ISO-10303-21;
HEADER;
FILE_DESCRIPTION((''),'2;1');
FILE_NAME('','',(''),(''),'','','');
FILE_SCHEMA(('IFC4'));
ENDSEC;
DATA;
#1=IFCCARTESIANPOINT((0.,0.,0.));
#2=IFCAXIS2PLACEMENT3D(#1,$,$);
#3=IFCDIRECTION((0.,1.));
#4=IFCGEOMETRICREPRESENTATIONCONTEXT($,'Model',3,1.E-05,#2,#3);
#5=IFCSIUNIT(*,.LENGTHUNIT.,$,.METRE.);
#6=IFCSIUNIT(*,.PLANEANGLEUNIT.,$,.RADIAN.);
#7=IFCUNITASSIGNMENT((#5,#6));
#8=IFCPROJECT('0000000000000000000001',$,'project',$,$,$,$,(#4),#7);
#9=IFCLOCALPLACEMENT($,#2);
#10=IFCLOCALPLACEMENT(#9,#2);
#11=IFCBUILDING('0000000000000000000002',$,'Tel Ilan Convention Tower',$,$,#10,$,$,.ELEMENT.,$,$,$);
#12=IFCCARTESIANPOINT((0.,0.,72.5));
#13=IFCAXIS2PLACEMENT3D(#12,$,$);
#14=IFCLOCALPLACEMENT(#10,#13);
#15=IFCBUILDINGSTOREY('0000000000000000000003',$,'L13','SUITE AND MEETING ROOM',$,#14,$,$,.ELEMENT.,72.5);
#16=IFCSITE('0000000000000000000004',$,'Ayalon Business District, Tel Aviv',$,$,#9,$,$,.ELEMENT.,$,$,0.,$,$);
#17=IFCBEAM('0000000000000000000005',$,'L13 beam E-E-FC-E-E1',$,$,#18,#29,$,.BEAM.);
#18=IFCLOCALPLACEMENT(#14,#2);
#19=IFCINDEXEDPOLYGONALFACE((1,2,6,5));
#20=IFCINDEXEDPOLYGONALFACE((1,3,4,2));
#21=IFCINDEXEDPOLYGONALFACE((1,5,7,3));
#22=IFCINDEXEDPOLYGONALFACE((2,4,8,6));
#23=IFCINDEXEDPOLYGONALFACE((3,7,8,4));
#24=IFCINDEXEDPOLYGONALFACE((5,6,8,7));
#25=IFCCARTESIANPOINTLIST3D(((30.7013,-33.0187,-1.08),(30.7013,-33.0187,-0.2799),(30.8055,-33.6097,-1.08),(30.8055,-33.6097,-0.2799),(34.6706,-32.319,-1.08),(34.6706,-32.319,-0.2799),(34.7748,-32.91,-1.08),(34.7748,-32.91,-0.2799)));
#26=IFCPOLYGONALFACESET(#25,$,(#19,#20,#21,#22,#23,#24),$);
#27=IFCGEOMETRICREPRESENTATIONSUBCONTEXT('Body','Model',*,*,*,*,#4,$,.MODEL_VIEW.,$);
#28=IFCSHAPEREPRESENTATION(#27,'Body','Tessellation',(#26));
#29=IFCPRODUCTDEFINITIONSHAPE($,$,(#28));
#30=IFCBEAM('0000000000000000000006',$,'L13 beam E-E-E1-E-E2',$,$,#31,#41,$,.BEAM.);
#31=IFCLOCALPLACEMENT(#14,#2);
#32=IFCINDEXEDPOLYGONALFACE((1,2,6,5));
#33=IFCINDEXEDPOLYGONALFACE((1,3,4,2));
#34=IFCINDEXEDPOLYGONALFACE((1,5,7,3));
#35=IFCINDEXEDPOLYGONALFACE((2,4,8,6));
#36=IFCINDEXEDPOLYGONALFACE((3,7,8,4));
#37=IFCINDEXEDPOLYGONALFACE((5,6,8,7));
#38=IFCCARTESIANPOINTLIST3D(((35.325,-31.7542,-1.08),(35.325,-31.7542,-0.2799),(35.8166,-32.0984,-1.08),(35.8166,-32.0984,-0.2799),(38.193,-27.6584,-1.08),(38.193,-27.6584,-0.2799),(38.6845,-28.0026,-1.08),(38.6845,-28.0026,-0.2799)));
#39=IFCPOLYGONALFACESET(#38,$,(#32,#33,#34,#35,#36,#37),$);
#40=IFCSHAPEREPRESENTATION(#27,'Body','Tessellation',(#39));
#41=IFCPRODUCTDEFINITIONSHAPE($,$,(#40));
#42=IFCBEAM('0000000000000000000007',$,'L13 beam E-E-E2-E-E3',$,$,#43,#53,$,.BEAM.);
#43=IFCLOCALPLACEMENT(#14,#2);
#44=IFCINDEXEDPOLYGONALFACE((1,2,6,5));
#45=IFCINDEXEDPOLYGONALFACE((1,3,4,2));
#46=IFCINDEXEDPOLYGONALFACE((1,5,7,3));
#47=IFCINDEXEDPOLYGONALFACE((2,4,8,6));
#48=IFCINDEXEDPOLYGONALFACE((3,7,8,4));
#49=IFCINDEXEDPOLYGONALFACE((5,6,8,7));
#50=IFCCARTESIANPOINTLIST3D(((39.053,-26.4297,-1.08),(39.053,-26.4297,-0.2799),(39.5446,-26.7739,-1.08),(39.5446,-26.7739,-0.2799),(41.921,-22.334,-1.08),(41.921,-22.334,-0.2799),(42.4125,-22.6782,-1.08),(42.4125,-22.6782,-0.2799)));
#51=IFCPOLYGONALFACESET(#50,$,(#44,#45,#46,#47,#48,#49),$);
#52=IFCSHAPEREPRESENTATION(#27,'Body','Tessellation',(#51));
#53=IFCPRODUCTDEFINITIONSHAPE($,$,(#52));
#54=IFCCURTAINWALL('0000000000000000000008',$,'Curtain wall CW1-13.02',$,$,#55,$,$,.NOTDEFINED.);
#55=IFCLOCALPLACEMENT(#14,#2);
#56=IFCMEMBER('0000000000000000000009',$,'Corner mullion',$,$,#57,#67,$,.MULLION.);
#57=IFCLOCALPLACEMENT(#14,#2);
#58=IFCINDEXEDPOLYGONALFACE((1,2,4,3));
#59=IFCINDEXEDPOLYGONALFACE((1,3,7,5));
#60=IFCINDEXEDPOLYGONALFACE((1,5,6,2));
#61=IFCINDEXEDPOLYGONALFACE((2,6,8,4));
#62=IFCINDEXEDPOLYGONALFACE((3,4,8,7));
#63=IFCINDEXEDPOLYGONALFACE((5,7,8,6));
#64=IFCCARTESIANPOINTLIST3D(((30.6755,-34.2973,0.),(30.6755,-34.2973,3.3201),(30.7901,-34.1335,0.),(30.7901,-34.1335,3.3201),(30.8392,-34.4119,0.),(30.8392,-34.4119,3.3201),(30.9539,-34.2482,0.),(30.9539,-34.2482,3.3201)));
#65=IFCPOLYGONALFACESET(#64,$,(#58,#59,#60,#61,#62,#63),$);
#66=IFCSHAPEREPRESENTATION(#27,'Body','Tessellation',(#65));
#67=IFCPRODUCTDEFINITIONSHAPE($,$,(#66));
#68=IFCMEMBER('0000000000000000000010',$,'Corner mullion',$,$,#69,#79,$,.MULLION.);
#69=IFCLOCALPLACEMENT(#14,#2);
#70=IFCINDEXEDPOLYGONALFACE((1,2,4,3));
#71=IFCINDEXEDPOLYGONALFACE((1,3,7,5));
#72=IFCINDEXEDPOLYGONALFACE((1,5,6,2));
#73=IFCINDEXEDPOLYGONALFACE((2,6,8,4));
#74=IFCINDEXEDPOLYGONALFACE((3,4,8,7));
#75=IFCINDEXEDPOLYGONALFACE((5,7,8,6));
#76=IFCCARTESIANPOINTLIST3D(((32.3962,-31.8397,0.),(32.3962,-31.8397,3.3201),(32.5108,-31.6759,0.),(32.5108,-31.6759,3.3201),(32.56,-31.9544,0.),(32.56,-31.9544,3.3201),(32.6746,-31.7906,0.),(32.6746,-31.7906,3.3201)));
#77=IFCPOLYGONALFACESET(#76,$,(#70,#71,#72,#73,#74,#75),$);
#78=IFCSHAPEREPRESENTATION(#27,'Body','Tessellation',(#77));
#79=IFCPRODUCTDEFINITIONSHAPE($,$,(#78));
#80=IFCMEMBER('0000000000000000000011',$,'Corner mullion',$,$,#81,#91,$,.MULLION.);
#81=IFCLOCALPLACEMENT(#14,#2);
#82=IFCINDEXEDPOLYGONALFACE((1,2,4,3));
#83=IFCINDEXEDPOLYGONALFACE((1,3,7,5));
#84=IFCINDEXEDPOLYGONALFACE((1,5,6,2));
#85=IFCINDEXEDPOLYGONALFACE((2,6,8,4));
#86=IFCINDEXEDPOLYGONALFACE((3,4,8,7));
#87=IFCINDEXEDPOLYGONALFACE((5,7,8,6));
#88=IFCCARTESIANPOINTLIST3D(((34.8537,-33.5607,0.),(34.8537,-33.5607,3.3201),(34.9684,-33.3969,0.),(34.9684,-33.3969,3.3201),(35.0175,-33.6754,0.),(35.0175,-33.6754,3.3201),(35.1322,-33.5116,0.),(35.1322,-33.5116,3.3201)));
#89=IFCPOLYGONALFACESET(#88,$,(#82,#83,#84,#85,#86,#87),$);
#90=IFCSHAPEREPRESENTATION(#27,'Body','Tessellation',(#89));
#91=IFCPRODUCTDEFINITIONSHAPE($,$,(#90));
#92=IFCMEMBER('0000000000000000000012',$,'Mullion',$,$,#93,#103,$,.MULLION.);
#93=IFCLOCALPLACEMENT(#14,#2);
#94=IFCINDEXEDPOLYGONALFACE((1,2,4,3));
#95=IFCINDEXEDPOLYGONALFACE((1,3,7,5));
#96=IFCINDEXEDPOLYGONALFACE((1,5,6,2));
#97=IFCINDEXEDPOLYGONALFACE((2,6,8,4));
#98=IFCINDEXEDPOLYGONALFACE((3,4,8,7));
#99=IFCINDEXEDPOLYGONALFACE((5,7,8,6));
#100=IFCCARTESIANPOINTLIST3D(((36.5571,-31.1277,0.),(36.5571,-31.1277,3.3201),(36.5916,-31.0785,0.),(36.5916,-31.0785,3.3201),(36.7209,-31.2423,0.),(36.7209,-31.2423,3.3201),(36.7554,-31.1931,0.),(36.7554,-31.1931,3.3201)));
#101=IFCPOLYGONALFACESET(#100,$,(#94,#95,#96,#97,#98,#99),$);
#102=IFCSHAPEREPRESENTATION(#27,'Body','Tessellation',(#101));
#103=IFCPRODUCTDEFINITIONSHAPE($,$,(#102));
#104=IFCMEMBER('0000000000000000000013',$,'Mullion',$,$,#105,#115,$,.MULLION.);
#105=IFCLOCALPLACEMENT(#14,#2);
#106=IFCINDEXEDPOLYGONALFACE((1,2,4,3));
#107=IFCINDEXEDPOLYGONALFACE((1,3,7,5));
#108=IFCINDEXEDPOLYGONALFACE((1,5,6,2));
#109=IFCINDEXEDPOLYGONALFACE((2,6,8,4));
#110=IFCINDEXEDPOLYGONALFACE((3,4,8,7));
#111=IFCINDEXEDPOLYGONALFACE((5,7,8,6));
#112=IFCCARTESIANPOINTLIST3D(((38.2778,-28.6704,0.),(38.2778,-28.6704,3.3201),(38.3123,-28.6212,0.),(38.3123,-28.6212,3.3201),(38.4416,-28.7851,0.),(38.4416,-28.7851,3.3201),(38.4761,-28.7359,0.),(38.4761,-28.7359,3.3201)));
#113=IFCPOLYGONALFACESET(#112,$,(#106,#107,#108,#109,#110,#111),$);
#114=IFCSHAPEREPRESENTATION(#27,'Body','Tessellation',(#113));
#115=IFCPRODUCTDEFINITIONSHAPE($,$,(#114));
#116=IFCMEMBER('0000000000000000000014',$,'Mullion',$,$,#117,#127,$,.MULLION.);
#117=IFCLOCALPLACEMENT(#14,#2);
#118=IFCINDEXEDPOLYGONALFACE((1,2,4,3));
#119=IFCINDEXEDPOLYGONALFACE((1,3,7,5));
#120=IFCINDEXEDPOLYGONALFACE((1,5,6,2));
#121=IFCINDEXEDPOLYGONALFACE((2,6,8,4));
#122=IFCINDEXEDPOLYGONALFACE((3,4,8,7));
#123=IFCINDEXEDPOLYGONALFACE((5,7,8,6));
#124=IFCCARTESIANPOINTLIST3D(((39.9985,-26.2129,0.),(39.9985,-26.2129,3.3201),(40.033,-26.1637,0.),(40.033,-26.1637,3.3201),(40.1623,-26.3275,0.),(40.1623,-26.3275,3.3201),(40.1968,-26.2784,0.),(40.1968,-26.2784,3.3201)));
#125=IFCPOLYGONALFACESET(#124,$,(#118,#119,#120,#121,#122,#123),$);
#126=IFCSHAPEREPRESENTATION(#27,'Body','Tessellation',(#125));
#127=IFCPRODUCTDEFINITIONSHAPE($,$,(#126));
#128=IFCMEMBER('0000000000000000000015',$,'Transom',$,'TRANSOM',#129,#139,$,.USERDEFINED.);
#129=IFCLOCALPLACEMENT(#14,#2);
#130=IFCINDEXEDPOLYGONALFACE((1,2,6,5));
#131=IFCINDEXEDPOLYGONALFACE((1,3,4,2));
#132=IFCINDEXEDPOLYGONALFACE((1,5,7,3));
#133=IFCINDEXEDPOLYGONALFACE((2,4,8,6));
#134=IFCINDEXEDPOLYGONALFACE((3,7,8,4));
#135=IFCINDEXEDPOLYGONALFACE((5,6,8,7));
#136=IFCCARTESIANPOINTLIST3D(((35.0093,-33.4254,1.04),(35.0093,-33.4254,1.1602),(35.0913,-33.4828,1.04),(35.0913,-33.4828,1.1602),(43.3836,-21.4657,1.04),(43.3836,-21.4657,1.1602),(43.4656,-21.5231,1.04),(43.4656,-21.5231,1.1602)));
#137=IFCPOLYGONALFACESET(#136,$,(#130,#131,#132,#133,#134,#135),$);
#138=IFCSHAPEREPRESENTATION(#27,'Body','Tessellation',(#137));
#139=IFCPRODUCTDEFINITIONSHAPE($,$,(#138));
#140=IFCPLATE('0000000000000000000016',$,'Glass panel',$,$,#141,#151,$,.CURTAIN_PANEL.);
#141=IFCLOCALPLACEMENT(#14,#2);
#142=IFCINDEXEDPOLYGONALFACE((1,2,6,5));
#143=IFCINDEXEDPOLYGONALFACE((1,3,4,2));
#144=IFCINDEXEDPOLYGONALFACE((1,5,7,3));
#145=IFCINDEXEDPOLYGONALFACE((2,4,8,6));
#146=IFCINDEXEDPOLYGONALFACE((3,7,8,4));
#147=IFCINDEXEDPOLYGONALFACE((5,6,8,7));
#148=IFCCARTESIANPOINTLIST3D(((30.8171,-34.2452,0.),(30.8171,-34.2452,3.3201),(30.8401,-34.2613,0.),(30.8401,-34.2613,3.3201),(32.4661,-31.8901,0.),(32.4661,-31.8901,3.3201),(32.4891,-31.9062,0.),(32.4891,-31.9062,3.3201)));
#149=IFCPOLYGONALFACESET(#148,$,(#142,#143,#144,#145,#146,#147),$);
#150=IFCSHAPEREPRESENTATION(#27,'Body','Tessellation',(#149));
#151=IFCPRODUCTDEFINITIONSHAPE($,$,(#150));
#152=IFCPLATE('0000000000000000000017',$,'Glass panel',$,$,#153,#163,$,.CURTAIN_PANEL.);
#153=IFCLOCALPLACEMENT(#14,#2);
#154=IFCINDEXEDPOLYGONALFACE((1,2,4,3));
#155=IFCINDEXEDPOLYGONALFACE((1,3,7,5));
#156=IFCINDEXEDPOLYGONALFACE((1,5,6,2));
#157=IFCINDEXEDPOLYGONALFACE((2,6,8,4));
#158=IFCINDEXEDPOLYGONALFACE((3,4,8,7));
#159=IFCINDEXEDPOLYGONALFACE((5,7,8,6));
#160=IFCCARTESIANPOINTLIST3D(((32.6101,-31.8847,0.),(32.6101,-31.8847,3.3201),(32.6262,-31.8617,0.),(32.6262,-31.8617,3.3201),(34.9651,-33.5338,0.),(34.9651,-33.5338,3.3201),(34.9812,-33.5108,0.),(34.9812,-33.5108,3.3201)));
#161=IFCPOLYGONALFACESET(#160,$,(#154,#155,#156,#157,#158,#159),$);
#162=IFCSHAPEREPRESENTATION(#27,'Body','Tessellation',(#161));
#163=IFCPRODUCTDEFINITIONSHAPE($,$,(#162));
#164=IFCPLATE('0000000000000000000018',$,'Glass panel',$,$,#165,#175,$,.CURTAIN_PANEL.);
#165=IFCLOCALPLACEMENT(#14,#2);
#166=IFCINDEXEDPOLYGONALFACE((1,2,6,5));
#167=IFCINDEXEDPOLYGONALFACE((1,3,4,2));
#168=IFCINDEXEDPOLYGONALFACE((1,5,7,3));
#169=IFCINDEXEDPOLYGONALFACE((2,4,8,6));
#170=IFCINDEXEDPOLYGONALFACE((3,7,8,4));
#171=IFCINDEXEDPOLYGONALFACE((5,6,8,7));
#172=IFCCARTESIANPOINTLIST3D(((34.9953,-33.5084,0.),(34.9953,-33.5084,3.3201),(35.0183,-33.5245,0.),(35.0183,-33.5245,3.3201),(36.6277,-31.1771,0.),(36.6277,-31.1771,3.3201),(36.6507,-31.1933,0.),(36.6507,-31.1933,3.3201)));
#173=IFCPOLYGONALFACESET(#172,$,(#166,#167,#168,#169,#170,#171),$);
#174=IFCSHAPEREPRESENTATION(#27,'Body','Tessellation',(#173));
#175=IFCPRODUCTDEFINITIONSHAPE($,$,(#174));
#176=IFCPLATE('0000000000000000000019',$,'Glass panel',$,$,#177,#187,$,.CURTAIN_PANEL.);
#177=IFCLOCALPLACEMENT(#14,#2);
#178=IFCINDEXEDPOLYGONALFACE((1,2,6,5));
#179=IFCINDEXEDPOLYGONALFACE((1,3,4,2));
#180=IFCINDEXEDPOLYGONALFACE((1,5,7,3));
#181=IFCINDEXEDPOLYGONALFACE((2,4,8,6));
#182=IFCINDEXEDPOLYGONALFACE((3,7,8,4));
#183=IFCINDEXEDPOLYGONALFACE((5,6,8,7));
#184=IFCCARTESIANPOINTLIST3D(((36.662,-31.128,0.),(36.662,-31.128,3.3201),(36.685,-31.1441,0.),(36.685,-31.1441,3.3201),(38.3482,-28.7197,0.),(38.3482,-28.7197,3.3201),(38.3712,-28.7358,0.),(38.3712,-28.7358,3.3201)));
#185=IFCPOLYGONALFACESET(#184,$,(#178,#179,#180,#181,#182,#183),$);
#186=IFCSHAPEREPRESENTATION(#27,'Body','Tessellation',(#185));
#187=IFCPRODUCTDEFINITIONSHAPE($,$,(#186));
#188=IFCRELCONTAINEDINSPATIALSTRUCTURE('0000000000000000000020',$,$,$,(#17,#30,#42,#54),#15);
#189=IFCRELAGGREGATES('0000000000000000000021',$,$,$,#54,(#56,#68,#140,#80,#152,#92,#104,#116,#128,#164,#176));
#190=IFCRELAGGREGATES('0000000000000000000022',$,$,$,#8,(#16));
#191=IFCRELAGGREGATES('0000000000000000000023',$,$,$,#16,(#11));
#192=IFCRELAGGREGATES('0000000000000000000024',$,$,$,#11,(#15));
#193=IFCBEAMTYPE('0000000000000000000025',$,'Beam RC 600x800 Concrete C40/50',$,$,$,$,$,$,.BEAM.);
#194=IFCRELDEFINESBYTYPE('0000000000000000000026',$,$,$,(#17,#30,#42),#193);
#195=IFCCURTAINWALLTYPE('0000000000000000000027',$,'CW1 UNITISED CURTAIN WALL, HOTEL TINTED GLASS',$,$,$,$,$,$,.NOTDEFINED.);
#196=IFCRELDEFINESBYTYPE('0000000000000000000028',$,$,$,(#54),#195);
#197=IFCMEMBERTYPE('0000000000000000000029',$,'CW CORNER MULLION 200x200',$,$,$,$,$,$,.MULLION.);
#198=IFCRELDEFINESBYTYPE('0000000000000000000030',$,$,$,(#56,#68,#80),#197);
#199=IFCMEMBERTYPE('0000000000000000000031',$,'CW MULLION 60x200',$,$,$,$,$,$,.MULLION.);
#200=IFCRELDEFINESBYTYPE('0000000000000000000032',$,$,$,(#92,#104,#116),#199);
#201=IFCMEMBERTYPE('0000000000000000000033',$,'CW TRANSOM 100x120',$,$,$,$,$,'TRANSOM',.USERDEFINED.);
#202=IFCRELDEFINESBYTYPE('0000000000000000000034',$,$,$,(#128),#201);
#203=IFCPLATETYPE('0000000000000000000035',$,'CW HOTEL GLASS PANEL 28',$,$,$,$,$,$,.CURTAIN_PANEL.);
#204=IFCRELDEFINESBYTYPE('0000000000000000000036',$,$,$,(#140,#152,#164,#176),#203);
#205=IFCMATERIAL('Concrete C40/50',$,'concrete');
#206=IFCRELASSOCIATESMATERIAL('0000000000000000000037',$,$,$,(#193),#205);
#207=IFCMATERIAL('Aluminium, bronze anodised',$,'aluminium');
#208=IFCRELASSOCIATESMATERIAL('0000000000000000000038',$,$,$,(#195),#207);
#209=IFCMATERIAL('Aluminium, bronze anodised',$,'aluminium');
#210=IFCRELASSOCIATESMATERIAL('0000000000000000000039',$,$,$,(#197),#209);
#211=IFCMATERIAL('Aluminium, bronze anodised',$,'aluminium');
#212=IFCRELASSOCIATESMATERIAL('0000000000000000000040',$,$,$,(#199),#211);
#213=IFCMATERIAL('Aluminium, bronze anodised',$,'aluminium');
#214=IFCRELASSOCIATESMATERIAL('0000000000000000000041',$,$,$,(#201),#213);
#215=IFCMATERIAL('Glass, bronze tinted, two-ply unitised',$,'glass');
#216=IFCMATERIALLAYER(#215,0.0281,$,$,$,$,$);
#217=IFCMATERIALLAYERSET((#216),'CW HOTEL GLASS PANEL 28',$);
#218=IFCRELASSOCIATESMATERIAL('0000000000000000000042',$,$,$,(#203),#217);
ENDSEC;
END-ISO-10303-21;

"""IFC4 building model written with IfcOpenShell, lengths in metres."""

from ifc_helpers import new_model, si_unit, direction, frame, origin, origin_2d, place, context, subcontext, project, spatial, rectangle, extrude, material, layer, layer_set, material_profile, profile_set, type_object, element, aggregate, save


model = new_model("IFC4")

# Units and contexts
model_context = context("Model", 3, precision=1e-05, world=origin(), true_north=direction((0.0, 1.0)))
body_context = subcontext(model_context, "Body", "Model", "MODEL_VIEW")
ifc_project = project(units=[si_unit("LENGTHUNIT", "METRE"), si_unit("PLANEANGLEUNIT", "RADIAN")], contexts=[model_context])

# Site, building, storey
site_placement = place(None, origin())
site = spatial("IfcSite", under=ifc_project, at=site_placement, Name="Ayalon Business District, Tel Aviv", CompositionType="ELEMENT", RefElevation=0.0)
building_placement = place(site_placement, origin())
building = spatial("IfcBuilding", under=site, at=building_placement, Name="Tel Ilan Convention Tower", CompositionType="ELEMENT")
storey_placement = place(building_placement, frame((0.0, 0.0, 72.5)))
storey = spatial("IfcBuildingStorey", under=building, at=storey_placement, Name="L13", Description="SUITE AND MEETING ROOM", CompositionType="ELEMENT", Elevation=72.5)

# Beams
ifc_material_1 = material(Name="Concrete C40/50", Category="concrete")
ifc_material_profile_1 = material_profile(ifc_material_1, rectangle(XDim=0.6001, YDim=0.8, at=origin_2d()), Name="RC 600x800")
ifc_profile_set_1 = profile_set([ifc_material_profile_1], Name="Concrete C40/50")
beam_type = type_object("IfcBeamType", Name="Beam RC 600x800 Concrete C40/50", PredefinedType="BEAM", material=ifc_profile_set_1)
beam_placement = place(storey_placement, frame((30.7534, -33.3142, -0.6799), z_axis=(0.984815, 0.173606, 0.0), x_axis=(-0.173606, 0.984815, 0.0)))
element("IfcBeam", 1, at=beam_placement, inside=storey, type_object=beam_type, Name="L13 beam E-E-FC-E-E1", PredefinedType="BEAM", context=body_context, shape_type="SweptSolid", body=[
    extrude(rectangle(XDim=0.6001, YDim=0.8, at=origin_2d()), origin(), (0.0, 0.0, 1.0), 4.0305),
])
for number, where, z_axis, x_axis, name in (
    (2, (35.5708, -31.9263, -0.6799), (0.573587, 0.819145, 0.0), (-0.819145, 0.573587, 0.0), "L13 beam E-E-E1-E-E2"),
    (3, (39.2988, -26.6018, -0.6799), (0.573587, 0.819145, 0.0), (-0.819145, 0.573587, 0.0), "L13 beam E-E-E2-E-E3"),
):
    element("IfcBeam", number, at=place(storey_placement, frame(where, z_axis=z_axis, x_axis=x_axis)), inside=storey, type_object=beam_type, Name=name, PredefinedType="BEAM", context=body_context, shape_type="SweptSolid", body=[
        extrude(rectangle(XDim=0.6001, YDim=0.8, at=origin_2d()), origin(), (0.0, 0.0, 1.0), 5.0),
    ])

# Curtain wall, members, plates
ifc_material_2 = material(Name="Aluminium, bronze anodised", Category="aluminium")
curtain_wall_type = type_object("IfcCurtainWallType", Name="CW1 UNITISED CURTAIN WALL, HOTEL TINTED GLASS", PredefinedType="NOTDEFINED", material=ifc_material_2)
curtain_wall_placement = place(storey_placement, origin())
curtain_wall = element("IfcCurtainWall", 4, at=curtain_wall_placement, inside=storey, type_object=curtain_wall_type, Name="Curtain wall CW1-13.02", PredefinedType="NOTDEFINED")
ifc_material_3 = material(Name="Aluminium, bronze anodised", Category="aluminium")
ifc_material_profile_2 = material_profile(ifc_material_3, rectangle(XDim=0.2, YDim=0.2, at=origin_2d()), Name="CW CORNER MULLION 200x200")
ifc_profile_set_2 = profile_set([ifc_material_profile_2], Name="Aluminium, bronze anodised")
member_type_1 = type_object("IfcMemberType", Name="CW CORNER MULLION 200x200", PredefinedType="MULLION", material=ifc_profile_set_2)
member_1_placement = place(storey_placement, frame((30.8147, -34.2727, 0.0), z_axis=(0.0, 0.0, 1.0), x_axis=(0.819152, -0.573576, 0.0)))
member_1 = element("IfcMember", 5, at=member_1_placement, type_object=member_type_1, Name="Corner mullion", PredefinedType="MULLION", context=body_context, shape_type="SweptSolid", body=[
    extrude(rectangle(XDim=0.2, YDim=0.2, at=origin_2d()), origin(), (0.0, 0.0, 1.0), 3.3201),
])
member_2_placement = place(storey_placement, frame((32.5354, -31.8152, 0.0), z_axis=(0.0, 0.0, 1.0), x_axis=(0.573576, 0.819152, 0.0)))
member_2 = element("IfcMember", 6, at=member_2_placement, type_object=member_type_1, Name="Corner mullion", PredefinedType="MULLION", context=body_context, shape_type="SweptSolid", body=[
    extrude(rectangle(XDim=0.2, YDim=0.2, at=origin_2d()), origin(), (0.0, 0.0, 1.0), 3.3201),
])
member_3_placement = place(storey_placement, frame((34.9929, -33.5361, 0.0), z_axis=(0.0, 0.0, 1.0), x_axis=(0.819152, -0.573576, 0.0)))
member_3 = element("IfcMember", 7, at=member_3_placement, type_object=member_type_1, Name="Corner mullion", PredefinedType="MULLION", context=body_context, shape_type="SweptSolid", body=[
    extrude(rectangle(XDim=0.2, YDim=0.2, at=origin_2d()), origin(), (0.0, 0.0, 1.0), 3.3201),
])
ifc_material_4 = material(Name="Aluminium, bronze anodised", Category="aluminium")
ifc_material_profile_3 = material_profile(ifc_material_4, rectangle(XDim=0.0601, YDim=0.2, at=origin_2d()), Name="CW MULLION 60x200")
ifc_profile_set_3 = profile_set([ifc_material_profile_3], Name="Aluminium, bronze anodised")
member_type_2 = type_object("IfcMemberType", Name="CW MULLION 60x200", PredefinedType="MULLION", material=ifc_profile_set_3)
member_4_placement = place(storey_placement, frame((36.6562, -31.1604, 0.0), z_axis=(0.0, 0.0, 1.0), x_axis=(0.573576, 0.819152, 0.0)))
member_4 = element("IfcMember", 8, at=member_4_placement, type_object=member_type_2, Name="Mullion", PredefinedType="MULLION", context=body_context, shape_type="SweptSolid", body=[
    extrude(rectangle(XDim=0.0601, YDim=0.2, at=origin_2d()), origin(), (0.0, 0.0, 1.0), 3.3201),
])
member_5_placement = place(storey_placement, frame((38.377, -28.7031, 0.0), z_axis=(0.0, 0.0, 1.0), x_axis=(0.573576, 0.819152, 0.0)))
member_5 = element("IfcMember", 9, at=member_5_placement, type_object=member_type_2, Name="Mullion", PredefinedType="MULLION", context=body_context, shape_type="SweptSolid", body=[
    extrude(rectangle(XDim=0.0601, YDim=0.2, at=origin_2d()), origin(), (0.0, 0.0, 1.0), 3.3201),
])
member_6_placement = place(storey_placement, frame((40.0977, -26.2456, 0.0), z_axis=(0.0, 0.0, 1.0), x_axis=(0.573576, 0.819152, 0.0)))
member_6 = element("IfcMember", 10, at=member_6_placement, type_object=member_type_2, Name="Mullion", PredefinedType="MULLION", context=body_context, shape_type="SweptSolid", body=[
    extrude(rectangle(XDim=0.0601, YDim=0.2, at=origin_2d()), origin(), (0.0, 0.0, 1.0), 3.3201),
])
ifc_material_5 = material(Name="Aluminium, bronze anodised", Category="aluminium")
ifc_material_profile_4 = material_profile(ifc_material_5, rectangle(XDim=0.1001, YDim=0.1201, at=origin_2d()), Name="CW TRANSOM 100x120")
ifc_profile_set_4 = profile_set([ifc_material_profile_4], Name="Aluminium, bronze anodised")
member_type_3 = type_object("IfcMemberType", Name="CW TRANSOM 100x120", ElementType="TRANSOM", PredefinedType="USERDEFINED", material=ifc_profile_set_4)
member_7_placement = place(storey_placement, frame((35.0503, -33.4541, 1.1001), z_axis=(0.573576, 0.819153, 0.0), x_axis=(-0.819153, 0.573576, 0.0)))
member_7 = element("IfcMember", 11, at=member_7_placement, type_object=member_type_3, Name="Transom", ObjectType="TRANSOM", PredefinedType="USERDEFINED", context=body_context, shape_type="SweptSolid", body=[
    extrude(rectangle(XDim=0.1001, YDim=0.1201, at=origin_2d()), origin(), (0.0, 0.0, 1.0), 14.6001),
])
ifc_material_6 = material(Name="Glass, bronze tinted, two-ply unitised", Category="glass")
ifc_layer_1 = layer(ifc_material_6, 0.0281)
ifc_layer_set_1 = layer_set([ifc_layer_1], Name="CW HOTEL GLASS PANEL 28")
plate_type = type_object("IfcPlateType", Name="CW HOTEL GLASS PANEL 28", PredefinedType="CURTAIN_PANEL", material=ifc_layer_set_1)
plate_1_placement = place(storey_placement, frame((31.6531, -33.0757, 0.0), z_axis=(0.0, 0.0, 1.0), x_axis=(0.573576, 0.819152, 0.0)))
plate_1 = element("IfcPlate", 12, at=plate_1_placement, type_object=plate_type, Name="Glass panel", PredefinedType="CURTAIN_PANEL", context=body_context, shape_type="SweptSolid", body=[
    extrude(rectangle(XDim=2.875, YDim=0.0281, at=origin_2d()), origin(), (0.0, 0.0, 1.0), 3.3201),
])
plate_2_placement = place(storey_placement, frame((33.7957, -32.6978, 0.0), z_axis=(0.0, 0.0, 1.0), x_axis=(0.819152, -0.573576, 0.0)))
plate_2 = element("IfcPlate", 13, at=plate_2_placement, type_object=plate_type, Name="Glass panel", PredefinedType="CURTAIN_PANEL", context=body_context, shape_type="SweptSolid", body=[
    extrude(rectangle(XDim=2.875, YDim=0.0281, at=origin_2d()), origin(), (0.0, 0.0, 1.0), 3.3201),
])
plate_3_placement = place(storey_placement, frame((35.823, -32.3508, 0.0), z_axis=(0.0, 0.0, 1.0), x_axis=(0.573576, 0.819152, 0.0)))
plate_3 = element("IfcPlate", 14, at=plate_3_placement, type_object=plate_type, Name="Glass panel", PredefinedType="CURTAIN_PANEL", context=body_context, shape_type="SweptSolid", body=[
    extrude(rectangle(XDim=2.8459, YDim=0.0281, at=origin_2d()), origin(), (0.0, 0.0, 1.0), 3.3201),
])
plate_4_placement = place(storey_placement, frame((37.5166, -29.9319, 0.0), z_axis=(0.0, 0.0, 1.0), x_axis=(0.573576, 0.819152, 0.0)))
plate_4 = element("IfcPlate", 15, at=plate_4_placement, type_object=plate_type, Name="Glass panel", PredefinedType="CURTAIN_PANEL", context=body_context, shape_type="SweptSolid", body=[
    extrude(rectangle(XDim=2.9399, YDim=0.0281, at=origin_2d()), origin(), (0.0, 0.0, 1.0), 3.3201),
])
aggregate(curtain_wall, [member_1, member_2, plate_1, member_3, plate_2, member_4, member_5, member_6, member_7, plate_3, plate_4])

save(model, "model.ifc")
